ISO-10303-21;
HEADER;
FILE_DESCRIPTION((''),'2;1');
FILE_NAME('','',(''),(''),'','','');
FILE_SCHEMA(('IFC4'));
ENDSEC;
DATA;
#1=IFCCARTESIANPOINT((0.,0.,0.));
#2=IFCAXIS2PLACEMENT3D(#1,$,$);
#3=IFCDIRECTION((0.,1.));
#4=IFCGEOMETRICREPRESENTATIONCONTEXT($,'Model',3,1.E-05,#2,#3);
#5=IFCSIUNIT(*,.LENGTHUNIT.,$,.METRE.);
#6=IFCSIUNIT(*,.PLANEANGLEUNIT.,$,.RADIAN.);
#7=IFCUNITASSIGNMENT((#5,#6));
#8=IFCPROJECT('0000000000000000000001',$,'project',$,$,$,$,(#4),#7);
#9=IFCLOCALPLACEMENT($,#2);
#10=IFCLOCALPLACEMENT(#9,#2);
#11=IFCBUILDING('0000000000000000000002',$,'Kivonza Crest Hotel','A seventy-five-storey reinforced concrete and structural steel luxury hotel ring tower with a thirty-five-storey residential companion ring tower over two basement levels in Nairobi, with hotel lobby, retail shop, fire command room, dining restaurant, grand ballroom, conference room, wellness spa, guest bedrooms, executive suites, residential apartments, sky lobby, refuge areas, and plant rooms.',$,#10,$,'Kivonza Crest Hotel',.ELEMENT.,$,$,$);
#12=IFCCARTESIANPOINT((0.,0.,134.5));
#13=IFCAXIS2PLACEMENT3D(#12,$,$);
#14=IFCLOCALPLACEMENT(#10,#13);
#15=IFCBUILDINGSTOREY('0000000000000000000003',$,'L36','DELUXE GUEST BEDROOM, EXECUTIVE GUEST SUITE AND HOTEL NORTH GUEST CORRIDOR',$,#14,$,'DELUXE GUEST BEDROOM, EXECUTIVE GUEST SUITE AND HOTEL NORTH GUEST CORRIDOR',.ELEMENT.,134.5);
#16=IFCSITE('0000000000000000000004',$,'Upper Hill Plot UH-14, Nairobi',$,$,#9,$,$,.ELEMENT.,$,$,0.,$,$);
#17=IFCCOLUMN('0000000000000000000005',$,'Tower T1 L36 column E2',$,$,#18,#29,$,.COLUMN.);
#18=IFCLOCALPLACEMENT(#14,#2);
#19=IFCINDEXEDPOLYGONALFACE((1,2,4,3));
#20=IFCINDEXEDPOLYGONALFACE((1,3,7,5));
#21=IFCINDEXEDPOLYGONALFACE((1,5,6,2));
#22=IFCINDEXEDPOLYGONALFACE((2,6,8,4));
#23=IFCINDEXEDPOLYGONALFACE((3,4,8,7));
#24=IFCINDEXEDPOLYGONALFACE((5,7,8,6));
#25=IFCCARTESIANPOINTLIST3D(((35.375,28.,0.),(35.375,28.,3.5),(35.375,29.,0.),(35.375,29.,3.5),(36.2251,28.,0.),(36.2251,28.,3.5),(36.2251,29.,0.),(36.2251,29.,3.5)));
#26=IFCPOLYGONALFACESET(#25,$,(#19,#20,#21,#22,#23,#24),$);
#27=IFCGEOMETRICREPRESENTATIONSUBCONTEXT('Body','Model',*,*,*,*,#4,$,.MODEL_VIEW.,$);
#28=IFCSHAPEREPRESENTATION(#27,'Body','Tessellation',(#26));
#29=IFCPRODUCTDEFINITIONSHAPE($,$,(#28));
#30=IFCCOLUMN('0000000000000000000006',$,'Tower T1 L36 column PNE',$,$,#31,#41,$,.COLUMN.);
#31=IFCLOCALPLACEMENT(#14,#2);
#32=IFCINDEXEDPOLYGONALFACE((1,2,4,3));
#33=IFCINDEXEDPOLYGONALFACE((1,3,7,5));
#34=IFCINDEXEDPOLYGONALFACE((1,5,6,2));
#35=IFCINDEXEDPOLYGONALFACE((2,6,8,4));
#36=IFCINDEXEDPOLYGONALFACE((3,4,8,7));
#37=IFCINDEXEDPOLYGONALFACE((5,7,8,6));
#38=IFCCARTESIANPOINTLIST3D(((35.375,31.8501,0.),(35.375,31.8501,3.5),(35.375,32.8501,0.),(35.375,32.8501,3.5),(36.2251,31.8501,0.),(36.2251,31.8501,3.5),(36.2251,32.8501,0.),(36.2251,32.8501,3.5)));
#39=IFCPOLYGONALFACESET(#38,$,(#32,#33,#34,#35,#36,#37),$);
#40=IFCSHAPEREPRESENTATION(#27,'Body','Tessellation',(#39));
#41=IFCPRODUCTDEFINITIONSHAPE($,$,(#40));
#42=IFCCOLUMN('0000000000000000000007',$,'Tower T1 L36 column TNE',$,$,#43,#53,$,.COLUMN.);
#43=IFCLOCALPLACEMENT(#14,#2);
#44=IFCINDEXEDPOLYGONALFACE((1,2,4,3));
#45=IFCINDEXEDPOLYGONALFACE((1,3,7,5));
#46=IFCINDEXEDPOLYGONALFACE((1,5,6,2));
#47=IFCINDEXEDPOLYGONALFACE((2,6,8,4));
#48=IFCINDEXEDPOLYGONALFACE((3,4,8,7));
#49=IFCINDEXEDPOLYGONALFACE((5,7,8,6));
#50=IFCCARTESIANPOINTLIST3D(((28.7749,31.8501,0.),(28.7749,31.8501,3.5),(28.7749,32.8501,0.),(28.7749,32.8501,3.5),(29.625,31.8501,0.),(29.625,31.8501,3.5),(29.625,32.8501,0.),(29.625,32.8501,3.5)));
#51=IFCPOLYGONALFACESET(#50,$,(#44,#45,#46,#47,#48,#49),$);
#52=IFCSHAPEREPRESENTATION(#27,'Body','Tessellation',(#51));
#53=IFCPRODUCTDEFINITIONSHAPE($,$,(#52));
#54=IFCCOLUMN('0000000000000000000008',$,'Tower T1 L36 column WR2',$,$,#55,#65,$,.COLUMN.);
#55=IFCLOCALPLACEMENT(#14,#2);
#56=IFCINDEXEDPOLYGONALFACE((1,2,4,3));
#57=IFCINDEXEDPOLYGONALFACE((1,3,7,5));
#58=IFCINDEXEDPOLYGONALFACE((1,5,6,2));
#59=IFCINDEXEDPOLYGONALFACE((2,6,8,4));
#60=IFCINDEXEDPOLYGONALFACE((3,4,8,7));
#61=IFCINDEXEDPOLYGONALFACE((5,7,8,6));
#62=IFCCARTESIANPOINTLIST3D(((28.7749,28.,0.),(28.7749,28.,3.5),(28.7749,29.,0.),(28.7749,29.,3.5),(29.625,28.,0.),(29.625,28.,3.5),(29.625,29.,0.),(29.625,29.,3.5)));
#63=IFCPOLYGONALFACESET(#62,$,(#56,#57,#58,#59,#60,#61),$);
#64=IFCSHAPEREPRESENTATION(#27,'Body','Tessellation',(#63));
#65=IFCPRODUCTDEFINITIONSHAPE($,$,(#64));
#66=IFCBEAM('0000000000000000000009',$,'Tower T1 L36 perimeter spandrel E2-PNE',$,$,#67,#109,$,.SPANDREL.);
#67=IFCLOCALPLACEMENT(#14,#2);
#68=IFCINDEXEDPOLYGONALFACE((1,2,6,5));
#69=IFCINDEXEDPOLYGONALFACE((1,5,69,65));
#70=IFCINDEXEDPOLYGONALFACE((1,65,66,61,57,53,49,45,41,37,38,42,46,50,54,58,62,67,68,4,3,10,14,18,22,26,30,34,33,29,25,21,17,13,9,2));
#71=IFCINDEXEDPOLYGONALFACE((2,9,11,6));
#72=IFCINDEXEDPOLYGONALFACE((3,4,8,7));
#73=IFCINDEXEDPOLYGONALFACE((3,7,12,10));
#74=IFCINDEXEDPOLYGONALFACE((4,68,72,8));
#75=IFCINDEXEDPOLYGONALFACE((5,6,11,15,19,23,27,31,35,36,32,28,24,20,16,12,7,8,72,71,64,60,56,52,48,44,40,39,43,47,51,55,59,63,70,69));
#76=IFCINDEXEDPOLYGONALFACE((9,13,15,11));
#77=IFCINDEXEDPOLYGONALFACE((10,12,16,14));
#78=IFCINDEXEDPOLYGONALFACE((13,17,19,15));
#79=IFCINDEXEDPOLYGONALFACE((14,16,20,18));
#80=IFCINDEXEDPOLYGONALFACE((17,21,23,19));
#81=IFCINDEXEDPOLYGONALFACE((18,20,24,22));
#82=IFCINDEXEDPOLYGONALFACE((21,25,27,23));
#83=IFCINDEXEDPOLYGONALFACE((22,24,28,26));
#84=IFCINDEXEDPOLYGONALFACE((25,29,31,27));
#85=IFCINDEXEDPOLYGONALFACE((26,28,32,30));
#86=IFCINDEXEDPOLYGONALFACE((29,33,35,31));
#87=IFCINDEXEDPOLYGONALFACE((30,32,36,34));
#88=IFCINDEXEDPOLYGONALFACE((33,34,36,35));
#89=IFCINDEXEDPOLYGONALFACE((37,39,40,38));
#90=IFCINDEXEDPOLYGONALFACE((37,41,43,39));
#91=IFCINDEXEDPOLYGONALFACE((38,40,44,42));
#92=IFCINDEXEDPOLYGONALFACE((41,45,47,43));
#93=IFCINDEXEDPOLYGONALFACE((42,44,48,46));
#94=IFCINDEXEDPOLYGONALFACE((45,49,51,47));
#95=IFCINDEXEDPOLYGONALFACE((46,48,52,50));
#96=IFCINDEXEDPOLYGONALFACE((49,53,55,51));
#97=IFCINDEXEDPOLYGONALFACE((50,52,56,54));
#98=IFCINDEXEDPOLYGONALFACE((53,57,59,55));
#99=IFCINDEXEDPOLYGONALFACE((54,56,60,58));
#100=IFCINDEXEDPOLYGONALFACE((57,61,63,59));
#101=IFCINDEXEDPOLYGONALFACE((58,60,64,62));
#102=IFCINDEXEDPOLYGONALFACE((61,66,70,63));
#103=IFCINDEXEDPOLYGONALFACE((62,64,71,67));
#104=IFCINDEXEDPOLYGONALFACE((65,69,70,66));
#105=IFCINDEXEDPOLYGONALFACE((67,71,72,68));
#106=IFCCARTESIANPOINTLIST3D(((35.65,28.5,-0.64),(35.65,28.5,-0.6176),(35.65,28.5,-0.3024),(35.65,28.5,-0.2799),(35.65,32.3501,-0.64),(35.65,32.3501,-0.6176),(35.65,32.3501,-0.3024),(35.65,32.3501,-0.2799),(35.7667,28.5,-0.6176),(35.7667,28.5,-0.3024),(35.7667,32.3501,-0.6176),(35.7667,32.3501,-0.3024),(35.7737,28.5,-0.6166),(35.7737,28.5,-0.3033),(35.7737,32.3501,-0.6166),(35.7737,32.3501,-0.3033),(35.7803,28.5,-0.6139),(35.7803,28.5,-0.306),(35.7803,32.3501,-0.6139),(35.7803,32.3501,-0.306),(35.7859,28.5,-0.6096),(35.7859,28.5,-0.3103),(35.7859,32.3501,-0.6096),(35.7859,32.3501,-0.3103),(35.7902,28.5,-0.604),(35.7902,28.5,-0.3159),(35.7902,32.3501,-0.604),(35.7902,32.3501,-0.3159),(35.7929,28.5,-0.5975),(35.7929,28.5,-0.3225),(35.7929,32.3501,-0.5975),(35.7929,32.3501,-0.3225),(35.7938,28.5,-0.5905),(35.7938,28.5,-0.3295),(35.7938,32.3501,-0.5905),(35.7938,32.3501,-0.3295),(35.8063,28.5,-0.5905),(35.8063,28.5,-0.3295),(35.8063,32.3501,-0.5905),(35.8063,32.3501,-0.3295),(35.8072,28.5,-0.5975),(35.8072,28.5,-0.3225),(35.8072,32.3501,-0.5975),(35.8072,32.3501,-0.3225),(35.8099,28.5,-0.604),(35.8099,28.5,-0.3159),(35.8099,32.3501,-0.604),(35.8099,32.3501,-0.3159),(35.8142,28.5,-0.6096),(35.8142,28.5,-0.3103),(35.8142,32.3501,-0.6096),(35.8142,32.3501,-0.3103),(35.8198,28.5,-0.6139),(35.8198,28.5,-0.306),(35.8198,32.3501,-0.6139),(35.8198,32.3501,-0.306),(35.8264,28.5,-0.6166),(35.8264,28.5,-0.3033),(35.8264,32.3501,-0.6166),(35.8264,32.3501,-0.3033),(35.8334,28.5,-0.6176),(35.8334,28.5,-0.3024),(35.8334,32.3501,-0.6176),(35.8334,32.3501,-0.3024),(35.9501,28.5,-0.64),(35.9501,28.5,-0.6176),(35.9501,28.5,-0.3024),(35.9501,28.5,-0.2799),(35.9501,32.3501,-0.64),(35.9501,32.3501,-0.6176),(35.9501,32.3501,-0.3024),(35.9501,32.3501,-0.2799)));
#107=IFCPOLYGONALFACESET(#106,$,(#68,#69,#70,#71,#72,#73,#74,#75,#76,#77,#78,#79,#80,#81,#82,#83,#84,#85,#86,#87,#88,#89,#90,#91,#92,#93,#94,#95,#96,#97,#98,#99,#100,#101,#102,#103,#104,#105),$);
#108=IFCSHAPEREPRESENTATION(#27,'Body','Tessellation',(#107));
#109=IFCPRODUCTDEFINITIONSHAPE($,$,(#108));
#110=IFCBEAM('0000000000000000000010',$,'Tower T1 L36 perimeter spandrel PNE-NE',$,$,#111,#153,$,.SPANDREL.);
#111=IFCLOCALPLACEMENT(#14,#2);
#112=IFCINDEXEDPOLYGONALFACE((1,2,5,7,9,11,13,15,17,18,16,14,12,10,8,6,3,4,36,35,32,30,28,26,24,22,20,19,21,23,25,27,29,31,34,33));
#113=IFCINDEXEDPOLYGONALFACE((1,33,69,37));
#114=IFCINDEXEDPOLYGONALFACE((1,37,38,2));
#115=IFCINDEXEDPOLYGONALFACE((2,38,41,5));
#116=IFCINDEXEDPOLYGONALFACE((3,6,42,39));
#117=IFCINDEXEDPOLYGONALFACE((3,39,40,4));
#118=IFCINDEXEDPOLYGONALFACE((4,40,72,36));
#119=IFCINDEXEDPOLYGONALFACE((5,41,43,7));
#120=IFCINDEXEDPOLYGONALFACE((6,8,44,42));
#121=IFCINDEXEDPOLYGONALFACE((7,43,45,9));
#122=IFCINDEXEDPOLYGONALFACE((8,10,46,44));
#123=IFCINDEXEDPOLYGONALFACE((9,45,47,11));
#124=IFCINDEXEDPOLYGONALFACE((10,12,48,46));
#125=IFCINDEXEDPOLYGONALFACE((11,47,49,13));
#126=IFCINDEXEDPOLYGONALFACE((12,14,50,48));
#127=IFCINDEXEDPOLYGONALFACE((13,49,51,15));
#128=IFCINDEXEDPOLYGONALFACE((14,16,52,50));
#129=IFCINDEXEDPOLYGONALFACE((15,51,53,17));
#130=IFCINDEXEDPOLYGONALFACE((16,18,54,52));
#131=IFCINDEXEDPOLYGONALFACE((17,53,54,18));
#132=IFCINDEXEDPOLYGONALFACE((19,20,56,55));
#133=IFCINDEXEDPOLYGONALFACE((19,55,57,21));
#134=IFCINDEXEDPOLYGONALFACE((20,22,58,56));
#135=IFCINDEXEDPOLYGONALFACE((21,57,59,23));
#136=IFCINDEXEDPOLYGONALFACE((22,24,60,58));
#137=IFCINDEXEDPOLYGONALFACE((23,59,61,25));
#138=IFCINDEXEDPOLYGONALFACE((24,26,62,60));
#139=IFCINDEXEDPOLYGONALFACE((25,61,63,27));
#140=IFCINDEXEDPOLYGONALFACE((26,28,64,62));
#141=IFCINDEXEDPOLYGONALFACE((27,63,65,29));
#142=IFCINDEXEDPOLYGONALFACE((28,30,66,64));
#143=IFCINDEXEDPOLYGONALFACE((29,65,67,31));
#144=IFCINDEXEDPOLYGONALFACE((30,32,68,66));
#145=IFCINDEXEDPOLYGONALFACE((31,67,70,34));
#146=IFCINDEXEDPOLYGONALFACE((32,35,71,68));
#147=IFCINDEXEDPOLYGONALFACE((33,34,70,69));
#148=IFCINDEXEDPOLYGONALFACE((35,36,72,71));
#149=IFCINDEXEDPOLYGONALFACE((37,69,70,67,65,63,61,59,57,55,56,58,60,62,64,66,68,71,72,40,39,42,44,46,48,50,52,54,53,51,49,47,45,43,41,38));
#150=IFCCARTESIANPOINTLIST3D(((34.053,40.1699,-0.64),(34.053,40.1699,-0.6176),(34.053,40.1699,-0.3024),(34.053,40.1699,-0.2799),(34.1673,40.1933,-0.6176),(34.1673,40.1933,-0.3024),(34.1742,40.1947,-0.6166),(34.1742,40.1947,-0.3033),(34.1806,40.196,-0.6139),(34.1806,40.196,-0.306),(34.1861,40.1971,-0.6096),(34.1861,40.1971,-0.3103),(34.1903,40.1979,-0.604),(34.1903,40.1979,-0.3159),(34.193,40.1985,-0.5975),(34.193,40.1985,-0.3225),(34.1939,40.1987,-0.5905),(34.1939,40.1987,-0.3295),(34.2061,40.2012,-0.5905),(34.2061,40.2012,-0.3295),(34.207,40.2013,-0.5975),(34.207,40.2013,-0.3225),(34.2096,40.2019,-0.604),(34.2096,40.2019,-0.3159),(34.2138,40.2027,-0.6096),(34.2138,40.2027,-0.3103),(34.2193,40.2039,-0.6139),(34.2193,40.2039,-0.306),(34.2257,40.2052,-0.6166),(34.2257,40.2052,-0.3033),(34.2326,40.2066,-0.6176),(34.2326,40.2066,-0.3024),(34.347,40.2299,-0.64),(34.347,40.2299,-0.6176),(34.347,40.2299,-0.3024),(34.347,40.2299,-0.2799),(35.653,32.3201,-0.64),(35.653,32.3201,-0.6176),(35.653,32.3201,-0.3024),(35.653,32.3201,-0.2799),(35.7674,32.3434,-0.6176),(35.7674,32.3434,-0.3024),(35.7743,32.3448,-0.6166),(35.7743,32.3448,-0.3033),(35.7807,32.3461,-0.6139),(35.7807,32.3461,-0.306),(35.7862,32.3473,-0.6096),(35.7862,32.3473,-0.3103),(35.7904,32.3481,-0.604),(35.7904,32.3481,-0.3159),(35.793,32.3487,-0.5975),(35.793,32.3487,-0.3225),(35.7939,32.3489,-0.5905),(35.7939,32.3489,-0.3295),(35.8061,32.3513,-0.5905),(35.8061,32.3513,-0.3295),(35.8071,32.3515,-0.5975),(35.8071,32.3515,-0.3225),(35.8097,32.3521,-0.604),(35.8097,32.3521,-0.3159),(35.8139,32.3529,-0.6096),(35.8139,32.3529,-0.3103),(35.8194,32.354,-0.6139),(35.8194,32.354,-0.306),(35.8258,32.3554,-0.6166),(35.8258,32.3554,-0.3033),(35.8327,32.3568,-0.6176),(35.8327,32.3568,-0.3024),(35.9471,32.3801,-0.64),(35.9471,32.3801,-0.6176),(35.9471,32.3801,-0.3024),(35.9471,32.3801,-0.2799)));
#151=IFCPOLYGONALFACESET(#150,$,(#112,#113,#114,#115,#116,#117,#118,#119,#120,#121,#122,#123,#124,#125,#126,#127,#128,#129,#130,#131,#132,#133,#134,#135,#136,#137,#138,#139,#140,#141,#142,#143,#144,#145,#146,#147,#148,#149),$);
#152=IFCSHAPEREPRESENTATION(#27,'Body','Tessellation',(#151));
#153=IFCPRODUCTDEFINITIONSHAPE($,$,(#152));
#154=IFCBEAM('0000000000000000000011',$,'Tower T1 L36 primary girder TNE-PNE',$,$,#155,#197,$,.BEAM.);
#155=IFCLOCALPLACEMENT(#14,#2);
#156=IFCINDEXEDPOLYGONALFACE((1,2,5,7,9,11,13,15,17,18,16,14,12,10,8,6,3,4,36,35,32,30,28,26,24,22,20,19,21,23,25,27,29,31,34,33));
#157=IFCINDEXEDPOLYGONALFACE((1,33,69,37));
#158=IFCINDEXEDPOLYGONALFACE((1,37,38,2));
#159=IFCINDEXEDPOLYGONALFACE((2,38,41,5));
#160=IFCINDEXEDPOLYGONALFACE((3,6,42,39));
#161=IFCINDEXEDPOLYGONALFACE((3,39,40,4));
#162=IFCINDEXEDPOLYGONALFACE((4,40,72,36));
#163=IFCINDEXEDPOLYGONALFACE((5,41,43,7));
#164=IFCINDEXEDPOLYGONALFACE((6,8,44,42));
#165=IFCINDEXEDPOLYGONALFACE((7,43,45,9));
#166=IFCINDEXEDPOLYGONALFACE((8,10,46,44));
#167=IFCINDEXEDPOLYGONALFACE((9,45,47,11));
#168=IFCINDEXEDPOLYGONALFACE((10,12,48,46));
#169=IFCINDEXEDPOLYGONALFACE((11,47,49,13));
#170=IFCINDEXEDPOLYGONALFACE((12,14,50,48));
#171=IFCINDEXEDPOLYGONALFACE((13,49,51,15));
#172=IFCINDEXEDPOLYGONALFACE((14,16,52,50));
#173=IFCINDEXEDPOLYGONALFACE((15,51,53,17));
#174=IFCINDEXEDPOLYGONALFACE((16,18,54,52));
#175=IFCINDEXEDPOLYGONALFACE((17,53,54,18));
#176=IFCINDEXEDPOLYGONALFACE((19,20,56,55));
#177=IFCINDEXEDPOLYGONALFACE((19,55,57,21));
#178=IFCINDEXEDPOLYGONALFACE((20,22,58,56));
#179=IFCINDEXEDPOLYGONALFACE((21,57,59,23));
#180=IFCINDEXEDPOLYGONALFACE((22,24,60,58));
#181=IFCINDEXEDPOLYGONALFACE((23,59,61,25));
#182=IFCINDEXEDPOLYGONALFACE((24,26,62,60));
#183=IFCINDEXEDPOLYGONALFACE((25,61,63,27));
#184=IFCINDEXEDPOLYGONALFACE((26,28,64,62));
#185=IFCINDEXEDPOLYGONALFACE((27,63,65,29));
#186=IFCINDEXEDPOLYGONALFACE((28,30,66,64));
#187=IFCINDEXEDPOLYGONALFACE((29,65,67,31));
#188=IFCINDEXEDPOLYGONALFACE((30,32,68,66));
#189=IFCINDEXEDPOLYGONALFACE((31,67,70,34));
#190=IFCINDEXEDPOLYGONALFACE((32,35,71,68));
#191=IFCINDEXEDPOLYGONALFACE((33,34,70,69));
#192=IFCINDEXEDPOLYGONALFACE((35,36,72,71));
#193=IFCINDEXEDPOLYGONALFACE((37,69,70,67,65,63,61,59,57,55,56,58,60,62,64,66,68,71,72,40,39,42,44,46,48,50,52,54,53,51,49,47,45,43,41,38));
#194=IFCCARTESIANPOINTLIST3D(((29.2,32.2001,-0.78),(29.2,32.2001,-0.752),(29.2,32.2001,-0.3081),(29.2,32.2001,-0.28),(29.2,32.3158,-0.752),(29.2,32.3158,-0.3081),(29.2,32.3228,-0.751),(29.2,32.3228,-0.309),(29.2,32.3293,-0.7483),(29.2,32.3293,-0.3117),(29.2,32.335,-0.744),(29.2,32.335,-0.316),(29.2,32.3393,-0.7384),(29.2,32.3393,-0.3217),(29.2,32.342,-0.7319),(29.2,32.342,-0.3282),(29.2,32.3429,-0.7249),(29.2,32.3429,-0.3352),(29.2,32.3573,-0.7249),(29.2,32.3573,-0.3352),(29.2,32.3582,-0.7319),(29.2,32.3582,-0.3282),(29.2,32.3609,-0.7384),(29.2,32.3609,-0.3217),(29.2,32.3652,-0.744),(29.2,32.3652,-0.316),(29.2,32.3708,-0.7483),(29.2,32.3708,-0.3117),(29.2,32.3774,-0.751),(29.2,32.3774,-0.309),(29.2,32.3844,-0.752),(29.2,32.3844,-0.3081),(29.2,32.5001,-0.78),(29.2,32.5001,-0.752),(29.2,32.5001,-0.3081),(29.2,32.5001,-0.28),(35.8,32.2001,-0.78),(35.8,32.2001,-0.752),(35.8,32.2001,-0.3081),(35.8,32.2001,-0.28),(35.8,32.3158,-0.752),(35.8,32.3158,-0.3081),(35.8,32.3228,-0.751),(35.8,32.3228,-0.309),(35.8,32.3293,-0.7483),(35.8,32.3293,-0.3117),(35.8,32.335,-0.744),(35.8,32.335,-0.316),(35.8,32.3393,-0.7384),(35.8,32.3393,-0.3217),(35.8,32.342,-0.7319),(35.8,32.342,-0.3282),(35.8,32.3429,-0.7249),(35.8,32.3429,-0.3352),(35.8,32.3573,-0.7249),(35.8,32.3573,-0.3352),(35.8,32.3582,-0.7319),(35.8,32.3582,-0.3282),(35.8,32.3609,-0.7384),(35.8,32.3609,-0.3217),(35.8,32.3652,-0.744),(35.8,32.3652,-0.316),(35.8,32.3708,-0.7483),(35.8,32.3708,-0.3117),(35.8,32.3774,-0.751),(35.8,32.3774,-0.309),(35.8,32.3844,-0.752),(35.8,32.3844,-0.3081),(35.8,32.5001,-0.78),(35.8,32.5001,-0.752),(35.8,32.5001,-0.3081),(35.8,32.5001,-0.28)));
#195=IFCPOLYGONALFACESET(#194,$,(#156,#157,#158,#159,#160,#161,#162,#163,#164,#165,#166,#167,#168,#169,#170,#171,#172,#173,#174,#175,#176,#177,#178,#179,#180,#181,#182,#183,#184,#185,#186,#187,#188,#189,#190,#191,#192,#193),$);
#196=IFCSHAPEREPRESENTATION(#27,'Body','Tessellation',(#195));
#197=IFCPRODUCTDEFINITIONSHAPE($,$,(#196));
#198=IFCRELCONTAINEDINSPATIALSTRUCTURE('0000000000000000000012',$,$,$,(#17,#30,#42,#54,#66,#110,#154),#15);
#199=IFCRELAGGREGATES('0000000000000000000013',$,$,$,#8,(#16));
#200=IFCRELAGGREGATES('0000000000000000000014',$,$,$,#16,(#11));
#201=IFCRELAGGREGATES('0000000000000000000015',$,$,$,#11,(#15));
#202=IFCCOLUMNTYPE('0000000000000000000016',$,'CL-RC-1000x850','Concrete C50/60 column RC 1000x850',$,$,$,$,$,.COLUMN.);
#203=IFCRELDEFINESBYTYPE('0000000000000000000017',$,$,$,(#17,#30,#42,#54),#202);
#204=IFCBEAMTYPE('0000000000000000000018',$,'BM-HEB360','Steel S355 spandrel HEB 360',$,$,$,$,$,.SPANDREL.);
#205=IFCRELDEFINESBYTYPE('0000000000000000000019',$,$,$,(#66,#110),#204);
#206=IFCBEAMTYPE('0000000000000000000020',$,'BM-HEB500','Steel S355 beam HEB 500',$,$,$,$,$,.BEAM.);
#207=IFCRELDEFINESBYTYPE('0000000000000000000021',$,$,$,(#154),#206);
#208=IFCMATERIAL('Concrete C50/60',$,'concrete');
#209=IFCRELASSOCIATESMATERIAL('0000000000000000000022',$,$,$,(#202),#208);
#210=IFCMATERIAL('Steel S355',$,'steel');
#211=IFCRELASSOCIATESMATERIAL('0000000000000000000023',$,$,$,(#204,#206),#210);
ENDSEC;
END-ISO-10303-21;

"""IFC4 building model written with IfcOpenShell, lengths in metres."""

from ifc_helpers import new_model, si_unit, direction, frame, origin, origin_2d, place, context, subcontext, project, spatial, rectangle, i_section, extrude, material, material_profile, profile_set, type_object, element, save


model = new_model("IFC4")

# Units and contexts
model_context = context("Model", 3, precision=1e-05, world=origin(), true_north=direction((0.0, 1.0)))
body_context = subcontext(model_context, "Body", "Model", "MODEL_VIEW")
ifc_project = project(units=[si_unit("LENGTHUNIT", "METRE"), si_unit("PLANEANGLEUNIT", "RADIAN")], contexts=[model_context])

# Site, building, storey
site_placement = place(None, origin())
site = spatial("IfcSite", under=ifc_project, at=site_placement, Name="Upper Hill Plot UH-14, Nairobi", CompositionType="ELEMENT", RefElevation=0.0)
building_placement = place(site_placement, origin())
building = spatial("IfcBuilding", under=site, at=building_placement, Name="Kivonza Crest Hotel", Description="A seventy-five-storey reinforced concrete and structural steel luxury hotel ring tower with a thirty-five-storey residential companion ring tower over two basement levels in Nairobi, with hotel lobby, retail shop, fire command room, dining restaurant, grand ballroom, conference room, wellness spa, guest bedrooms, executive suites, residential apartments, sky lobby, refuge areas, and plant rooms.", LongName="Kivonza Crest Hotel", CompositionType="ELEMENT")
storey_placement = place(building_placement, frame((0.0, 0.0, 134.5)))
storey = spatial("IfcBuildingStorey", under=building, at=storey_placement, Name="L36", Description="DELUXE GUEST BEDROOM, EXECUTIVE GUEST SUITE AND HOTEL NORTH GUEST CORRIDOR", LongName="DELUXE GUEST BEDROOM, EXECUTIVE GUEST SUITE AND HOTEL NORTH GUEST CORRIDOR", CompositionType="ELEMENT", Elevation=134.5)

# Columns
ifc_material_1 = material(Name="Concrete C50/60", Category="concrete")
ifc_material_profile_1 = material_profile(ifc_material_1, rectangle(XDim=0.8501, YDim=1.0, at=origin_2d()), Name="RC 1000x850")
ifc_profile_set_1 = profile_set([ifc_material_profile_1], Name="Concrete C50/60")
column_type = type_object("IfcColumnType", Name="CL-RC-1000x850", Description="Concrete C50/60 column RC 1000x850", PredefinedType="COLUMN", material=ifc_profile_set_1)
for number, where, z_axis, x_axis, name in (
    (1, (35.8, 28.5, 0.0), (0.0, 0.0, 1.0), (1.0, 0.0, 0.0), "Tower T1 L36 column E2"),
    (2, (35.8, 32.3501, 0.0), (0.0, 0.0, 1.0), (1.0, 0.0, 0.0), "Tower T1 L36 column PNE"),
    (3, (29.2, 32.3501, 0.0), (0.0, 0.0, 1.0), (1.0, 0.0, 0.0), "Tower T1 L36 column TNE"),
    (4, (29.2, 28.5, 0.0), (0.0, 0.0, 1.0), (1.0, 0.0, 0.0), "Tower T1 L36 column WR2"),
):
    element("IfcColumn", number, at=place(storey_placement, frame(where, z_axis=z_axis, x_axis=x_axis)), inside=storey, type_object=column_type, Name=name, PredefinedType="COLUMN", context=body_context, shape_type="SweptSolid", body=[
        extrude(rectangle(XDim=0.8501, YDim=1.0, at=origin_2d()), origin(), (0.0, 0.0, 1.0), 3.5),
    ])

# Beams
ifc_material_2 = material(Name="Steel S355", Category="steel")
ifc_material_profile_2 = material_profile(ifc_material_2, i_section(OverallWidth=0.3, OverallDepth=0.3601, WebThickness=0.0125, FlangeThickness=0.0225, FilletRadius=0.0271, at=origin_2d()), Name="HEB 360")
ifc_profile_set_2 = profile_set([ifc_material_profile_2], Name="Steel S355")
beam_type_1 = type_object("IfcBeamType", Name="BM-HEB360", Description="Steel S355 spandrel HEB 360", PredefinedType="SPANDREL", material=ifc_profile_set_2)
beam_1_placement = place(storey_placement, frame((35.8, 28.5, -0.46), z_axis=(0.0, 1.0, 0.0), x_axis=(-1.0, 0.0, 0.0)))
element("IfcBeam", 5, at=beam_1_placement, inside=storey, type_object=beam_type_1, Name="Tower T1 L36 perimeter spandrel E2-PNE", PredefinedType="SPANDREL", context=body_context, shape_type="SweptSolid", body=[
    extrude(i_section(OverallWidth=0.3, OverallDepth=0.3601, WebThickness=0.0125, FlangeThickness=0.0225, FilletRadius=0.0271, at=origin_2d()), origin(), (0.0, 0.0, 1.0), 3.8501),
])
beam_2_placement = place(storey_placement, frame((35.8, 32.3501, -0.46), z_axis=(-0.199731, 0.979851, 0.0), x_axis=(-0.979851, -0.199731, 0.0)))
element("IfcBeam", 6, at=beam_2_placement, inside=storey, type_object=beam_type_1, Name="Tower T1 L36 perimeter spandrel PNE-NE", PredefinedType="SPANDREL", context=body_context, shape_type="SweptSolid", body=[
    extrude(i_section(OverallWidth=0.3, OverallDepth=0.3601, WebThickness=0.0125, FlangeThickness=0.0225, FilletRadius=0.0271, at=origin_2d()), origin(), (0.0, 0.0, 1.0), 8.0112),
])
ifc_material_profile_3 = material_profile(ifc_material_2, i_section(OverallWidth=0.3, OverallDepth=0.5, WebThickness=0.0144, FlangeThickness=0.0281, FilletRadius=0.0271, at=origin_2d()), Name="HEB 500")
ifc_profile_set_3 = profile_set([ifc_material_profile_3], Name="Steel S355")
beam_type_2 = type_object("IfcBeamType", Name="BM-HEB500", Description="Steel S355 beam HEB 500", PredefinedType="BEAM", material=ifc_profile_set_3)
beam_3_placement = place(storey_placement, frame((29.2, 32.3501, -0.53), z_axis=(1.0, 0.0, 0.0), x_axis=(0.0, 1.0, 0.0)))
element("IfcBeam", 7, at=beam_3_placement, inside=storey, type_object=beam_type_2, Name="Tower T1 L36 primary girder TNE-PNE", PredefinedType="BEAM", context=body_context, shape_type="SweptSolid", body=[
    extrude(i_section(OverallWidth=0.3, OverallDepth=0.5, WebThickness=0.0144, FlangeThickness=0.0281, FilletRadius=0.0271, at=origin_2d()), origin(), (0.0, 0.0, 1.0), 6.6001),
])

save(model, "model.ifc")
